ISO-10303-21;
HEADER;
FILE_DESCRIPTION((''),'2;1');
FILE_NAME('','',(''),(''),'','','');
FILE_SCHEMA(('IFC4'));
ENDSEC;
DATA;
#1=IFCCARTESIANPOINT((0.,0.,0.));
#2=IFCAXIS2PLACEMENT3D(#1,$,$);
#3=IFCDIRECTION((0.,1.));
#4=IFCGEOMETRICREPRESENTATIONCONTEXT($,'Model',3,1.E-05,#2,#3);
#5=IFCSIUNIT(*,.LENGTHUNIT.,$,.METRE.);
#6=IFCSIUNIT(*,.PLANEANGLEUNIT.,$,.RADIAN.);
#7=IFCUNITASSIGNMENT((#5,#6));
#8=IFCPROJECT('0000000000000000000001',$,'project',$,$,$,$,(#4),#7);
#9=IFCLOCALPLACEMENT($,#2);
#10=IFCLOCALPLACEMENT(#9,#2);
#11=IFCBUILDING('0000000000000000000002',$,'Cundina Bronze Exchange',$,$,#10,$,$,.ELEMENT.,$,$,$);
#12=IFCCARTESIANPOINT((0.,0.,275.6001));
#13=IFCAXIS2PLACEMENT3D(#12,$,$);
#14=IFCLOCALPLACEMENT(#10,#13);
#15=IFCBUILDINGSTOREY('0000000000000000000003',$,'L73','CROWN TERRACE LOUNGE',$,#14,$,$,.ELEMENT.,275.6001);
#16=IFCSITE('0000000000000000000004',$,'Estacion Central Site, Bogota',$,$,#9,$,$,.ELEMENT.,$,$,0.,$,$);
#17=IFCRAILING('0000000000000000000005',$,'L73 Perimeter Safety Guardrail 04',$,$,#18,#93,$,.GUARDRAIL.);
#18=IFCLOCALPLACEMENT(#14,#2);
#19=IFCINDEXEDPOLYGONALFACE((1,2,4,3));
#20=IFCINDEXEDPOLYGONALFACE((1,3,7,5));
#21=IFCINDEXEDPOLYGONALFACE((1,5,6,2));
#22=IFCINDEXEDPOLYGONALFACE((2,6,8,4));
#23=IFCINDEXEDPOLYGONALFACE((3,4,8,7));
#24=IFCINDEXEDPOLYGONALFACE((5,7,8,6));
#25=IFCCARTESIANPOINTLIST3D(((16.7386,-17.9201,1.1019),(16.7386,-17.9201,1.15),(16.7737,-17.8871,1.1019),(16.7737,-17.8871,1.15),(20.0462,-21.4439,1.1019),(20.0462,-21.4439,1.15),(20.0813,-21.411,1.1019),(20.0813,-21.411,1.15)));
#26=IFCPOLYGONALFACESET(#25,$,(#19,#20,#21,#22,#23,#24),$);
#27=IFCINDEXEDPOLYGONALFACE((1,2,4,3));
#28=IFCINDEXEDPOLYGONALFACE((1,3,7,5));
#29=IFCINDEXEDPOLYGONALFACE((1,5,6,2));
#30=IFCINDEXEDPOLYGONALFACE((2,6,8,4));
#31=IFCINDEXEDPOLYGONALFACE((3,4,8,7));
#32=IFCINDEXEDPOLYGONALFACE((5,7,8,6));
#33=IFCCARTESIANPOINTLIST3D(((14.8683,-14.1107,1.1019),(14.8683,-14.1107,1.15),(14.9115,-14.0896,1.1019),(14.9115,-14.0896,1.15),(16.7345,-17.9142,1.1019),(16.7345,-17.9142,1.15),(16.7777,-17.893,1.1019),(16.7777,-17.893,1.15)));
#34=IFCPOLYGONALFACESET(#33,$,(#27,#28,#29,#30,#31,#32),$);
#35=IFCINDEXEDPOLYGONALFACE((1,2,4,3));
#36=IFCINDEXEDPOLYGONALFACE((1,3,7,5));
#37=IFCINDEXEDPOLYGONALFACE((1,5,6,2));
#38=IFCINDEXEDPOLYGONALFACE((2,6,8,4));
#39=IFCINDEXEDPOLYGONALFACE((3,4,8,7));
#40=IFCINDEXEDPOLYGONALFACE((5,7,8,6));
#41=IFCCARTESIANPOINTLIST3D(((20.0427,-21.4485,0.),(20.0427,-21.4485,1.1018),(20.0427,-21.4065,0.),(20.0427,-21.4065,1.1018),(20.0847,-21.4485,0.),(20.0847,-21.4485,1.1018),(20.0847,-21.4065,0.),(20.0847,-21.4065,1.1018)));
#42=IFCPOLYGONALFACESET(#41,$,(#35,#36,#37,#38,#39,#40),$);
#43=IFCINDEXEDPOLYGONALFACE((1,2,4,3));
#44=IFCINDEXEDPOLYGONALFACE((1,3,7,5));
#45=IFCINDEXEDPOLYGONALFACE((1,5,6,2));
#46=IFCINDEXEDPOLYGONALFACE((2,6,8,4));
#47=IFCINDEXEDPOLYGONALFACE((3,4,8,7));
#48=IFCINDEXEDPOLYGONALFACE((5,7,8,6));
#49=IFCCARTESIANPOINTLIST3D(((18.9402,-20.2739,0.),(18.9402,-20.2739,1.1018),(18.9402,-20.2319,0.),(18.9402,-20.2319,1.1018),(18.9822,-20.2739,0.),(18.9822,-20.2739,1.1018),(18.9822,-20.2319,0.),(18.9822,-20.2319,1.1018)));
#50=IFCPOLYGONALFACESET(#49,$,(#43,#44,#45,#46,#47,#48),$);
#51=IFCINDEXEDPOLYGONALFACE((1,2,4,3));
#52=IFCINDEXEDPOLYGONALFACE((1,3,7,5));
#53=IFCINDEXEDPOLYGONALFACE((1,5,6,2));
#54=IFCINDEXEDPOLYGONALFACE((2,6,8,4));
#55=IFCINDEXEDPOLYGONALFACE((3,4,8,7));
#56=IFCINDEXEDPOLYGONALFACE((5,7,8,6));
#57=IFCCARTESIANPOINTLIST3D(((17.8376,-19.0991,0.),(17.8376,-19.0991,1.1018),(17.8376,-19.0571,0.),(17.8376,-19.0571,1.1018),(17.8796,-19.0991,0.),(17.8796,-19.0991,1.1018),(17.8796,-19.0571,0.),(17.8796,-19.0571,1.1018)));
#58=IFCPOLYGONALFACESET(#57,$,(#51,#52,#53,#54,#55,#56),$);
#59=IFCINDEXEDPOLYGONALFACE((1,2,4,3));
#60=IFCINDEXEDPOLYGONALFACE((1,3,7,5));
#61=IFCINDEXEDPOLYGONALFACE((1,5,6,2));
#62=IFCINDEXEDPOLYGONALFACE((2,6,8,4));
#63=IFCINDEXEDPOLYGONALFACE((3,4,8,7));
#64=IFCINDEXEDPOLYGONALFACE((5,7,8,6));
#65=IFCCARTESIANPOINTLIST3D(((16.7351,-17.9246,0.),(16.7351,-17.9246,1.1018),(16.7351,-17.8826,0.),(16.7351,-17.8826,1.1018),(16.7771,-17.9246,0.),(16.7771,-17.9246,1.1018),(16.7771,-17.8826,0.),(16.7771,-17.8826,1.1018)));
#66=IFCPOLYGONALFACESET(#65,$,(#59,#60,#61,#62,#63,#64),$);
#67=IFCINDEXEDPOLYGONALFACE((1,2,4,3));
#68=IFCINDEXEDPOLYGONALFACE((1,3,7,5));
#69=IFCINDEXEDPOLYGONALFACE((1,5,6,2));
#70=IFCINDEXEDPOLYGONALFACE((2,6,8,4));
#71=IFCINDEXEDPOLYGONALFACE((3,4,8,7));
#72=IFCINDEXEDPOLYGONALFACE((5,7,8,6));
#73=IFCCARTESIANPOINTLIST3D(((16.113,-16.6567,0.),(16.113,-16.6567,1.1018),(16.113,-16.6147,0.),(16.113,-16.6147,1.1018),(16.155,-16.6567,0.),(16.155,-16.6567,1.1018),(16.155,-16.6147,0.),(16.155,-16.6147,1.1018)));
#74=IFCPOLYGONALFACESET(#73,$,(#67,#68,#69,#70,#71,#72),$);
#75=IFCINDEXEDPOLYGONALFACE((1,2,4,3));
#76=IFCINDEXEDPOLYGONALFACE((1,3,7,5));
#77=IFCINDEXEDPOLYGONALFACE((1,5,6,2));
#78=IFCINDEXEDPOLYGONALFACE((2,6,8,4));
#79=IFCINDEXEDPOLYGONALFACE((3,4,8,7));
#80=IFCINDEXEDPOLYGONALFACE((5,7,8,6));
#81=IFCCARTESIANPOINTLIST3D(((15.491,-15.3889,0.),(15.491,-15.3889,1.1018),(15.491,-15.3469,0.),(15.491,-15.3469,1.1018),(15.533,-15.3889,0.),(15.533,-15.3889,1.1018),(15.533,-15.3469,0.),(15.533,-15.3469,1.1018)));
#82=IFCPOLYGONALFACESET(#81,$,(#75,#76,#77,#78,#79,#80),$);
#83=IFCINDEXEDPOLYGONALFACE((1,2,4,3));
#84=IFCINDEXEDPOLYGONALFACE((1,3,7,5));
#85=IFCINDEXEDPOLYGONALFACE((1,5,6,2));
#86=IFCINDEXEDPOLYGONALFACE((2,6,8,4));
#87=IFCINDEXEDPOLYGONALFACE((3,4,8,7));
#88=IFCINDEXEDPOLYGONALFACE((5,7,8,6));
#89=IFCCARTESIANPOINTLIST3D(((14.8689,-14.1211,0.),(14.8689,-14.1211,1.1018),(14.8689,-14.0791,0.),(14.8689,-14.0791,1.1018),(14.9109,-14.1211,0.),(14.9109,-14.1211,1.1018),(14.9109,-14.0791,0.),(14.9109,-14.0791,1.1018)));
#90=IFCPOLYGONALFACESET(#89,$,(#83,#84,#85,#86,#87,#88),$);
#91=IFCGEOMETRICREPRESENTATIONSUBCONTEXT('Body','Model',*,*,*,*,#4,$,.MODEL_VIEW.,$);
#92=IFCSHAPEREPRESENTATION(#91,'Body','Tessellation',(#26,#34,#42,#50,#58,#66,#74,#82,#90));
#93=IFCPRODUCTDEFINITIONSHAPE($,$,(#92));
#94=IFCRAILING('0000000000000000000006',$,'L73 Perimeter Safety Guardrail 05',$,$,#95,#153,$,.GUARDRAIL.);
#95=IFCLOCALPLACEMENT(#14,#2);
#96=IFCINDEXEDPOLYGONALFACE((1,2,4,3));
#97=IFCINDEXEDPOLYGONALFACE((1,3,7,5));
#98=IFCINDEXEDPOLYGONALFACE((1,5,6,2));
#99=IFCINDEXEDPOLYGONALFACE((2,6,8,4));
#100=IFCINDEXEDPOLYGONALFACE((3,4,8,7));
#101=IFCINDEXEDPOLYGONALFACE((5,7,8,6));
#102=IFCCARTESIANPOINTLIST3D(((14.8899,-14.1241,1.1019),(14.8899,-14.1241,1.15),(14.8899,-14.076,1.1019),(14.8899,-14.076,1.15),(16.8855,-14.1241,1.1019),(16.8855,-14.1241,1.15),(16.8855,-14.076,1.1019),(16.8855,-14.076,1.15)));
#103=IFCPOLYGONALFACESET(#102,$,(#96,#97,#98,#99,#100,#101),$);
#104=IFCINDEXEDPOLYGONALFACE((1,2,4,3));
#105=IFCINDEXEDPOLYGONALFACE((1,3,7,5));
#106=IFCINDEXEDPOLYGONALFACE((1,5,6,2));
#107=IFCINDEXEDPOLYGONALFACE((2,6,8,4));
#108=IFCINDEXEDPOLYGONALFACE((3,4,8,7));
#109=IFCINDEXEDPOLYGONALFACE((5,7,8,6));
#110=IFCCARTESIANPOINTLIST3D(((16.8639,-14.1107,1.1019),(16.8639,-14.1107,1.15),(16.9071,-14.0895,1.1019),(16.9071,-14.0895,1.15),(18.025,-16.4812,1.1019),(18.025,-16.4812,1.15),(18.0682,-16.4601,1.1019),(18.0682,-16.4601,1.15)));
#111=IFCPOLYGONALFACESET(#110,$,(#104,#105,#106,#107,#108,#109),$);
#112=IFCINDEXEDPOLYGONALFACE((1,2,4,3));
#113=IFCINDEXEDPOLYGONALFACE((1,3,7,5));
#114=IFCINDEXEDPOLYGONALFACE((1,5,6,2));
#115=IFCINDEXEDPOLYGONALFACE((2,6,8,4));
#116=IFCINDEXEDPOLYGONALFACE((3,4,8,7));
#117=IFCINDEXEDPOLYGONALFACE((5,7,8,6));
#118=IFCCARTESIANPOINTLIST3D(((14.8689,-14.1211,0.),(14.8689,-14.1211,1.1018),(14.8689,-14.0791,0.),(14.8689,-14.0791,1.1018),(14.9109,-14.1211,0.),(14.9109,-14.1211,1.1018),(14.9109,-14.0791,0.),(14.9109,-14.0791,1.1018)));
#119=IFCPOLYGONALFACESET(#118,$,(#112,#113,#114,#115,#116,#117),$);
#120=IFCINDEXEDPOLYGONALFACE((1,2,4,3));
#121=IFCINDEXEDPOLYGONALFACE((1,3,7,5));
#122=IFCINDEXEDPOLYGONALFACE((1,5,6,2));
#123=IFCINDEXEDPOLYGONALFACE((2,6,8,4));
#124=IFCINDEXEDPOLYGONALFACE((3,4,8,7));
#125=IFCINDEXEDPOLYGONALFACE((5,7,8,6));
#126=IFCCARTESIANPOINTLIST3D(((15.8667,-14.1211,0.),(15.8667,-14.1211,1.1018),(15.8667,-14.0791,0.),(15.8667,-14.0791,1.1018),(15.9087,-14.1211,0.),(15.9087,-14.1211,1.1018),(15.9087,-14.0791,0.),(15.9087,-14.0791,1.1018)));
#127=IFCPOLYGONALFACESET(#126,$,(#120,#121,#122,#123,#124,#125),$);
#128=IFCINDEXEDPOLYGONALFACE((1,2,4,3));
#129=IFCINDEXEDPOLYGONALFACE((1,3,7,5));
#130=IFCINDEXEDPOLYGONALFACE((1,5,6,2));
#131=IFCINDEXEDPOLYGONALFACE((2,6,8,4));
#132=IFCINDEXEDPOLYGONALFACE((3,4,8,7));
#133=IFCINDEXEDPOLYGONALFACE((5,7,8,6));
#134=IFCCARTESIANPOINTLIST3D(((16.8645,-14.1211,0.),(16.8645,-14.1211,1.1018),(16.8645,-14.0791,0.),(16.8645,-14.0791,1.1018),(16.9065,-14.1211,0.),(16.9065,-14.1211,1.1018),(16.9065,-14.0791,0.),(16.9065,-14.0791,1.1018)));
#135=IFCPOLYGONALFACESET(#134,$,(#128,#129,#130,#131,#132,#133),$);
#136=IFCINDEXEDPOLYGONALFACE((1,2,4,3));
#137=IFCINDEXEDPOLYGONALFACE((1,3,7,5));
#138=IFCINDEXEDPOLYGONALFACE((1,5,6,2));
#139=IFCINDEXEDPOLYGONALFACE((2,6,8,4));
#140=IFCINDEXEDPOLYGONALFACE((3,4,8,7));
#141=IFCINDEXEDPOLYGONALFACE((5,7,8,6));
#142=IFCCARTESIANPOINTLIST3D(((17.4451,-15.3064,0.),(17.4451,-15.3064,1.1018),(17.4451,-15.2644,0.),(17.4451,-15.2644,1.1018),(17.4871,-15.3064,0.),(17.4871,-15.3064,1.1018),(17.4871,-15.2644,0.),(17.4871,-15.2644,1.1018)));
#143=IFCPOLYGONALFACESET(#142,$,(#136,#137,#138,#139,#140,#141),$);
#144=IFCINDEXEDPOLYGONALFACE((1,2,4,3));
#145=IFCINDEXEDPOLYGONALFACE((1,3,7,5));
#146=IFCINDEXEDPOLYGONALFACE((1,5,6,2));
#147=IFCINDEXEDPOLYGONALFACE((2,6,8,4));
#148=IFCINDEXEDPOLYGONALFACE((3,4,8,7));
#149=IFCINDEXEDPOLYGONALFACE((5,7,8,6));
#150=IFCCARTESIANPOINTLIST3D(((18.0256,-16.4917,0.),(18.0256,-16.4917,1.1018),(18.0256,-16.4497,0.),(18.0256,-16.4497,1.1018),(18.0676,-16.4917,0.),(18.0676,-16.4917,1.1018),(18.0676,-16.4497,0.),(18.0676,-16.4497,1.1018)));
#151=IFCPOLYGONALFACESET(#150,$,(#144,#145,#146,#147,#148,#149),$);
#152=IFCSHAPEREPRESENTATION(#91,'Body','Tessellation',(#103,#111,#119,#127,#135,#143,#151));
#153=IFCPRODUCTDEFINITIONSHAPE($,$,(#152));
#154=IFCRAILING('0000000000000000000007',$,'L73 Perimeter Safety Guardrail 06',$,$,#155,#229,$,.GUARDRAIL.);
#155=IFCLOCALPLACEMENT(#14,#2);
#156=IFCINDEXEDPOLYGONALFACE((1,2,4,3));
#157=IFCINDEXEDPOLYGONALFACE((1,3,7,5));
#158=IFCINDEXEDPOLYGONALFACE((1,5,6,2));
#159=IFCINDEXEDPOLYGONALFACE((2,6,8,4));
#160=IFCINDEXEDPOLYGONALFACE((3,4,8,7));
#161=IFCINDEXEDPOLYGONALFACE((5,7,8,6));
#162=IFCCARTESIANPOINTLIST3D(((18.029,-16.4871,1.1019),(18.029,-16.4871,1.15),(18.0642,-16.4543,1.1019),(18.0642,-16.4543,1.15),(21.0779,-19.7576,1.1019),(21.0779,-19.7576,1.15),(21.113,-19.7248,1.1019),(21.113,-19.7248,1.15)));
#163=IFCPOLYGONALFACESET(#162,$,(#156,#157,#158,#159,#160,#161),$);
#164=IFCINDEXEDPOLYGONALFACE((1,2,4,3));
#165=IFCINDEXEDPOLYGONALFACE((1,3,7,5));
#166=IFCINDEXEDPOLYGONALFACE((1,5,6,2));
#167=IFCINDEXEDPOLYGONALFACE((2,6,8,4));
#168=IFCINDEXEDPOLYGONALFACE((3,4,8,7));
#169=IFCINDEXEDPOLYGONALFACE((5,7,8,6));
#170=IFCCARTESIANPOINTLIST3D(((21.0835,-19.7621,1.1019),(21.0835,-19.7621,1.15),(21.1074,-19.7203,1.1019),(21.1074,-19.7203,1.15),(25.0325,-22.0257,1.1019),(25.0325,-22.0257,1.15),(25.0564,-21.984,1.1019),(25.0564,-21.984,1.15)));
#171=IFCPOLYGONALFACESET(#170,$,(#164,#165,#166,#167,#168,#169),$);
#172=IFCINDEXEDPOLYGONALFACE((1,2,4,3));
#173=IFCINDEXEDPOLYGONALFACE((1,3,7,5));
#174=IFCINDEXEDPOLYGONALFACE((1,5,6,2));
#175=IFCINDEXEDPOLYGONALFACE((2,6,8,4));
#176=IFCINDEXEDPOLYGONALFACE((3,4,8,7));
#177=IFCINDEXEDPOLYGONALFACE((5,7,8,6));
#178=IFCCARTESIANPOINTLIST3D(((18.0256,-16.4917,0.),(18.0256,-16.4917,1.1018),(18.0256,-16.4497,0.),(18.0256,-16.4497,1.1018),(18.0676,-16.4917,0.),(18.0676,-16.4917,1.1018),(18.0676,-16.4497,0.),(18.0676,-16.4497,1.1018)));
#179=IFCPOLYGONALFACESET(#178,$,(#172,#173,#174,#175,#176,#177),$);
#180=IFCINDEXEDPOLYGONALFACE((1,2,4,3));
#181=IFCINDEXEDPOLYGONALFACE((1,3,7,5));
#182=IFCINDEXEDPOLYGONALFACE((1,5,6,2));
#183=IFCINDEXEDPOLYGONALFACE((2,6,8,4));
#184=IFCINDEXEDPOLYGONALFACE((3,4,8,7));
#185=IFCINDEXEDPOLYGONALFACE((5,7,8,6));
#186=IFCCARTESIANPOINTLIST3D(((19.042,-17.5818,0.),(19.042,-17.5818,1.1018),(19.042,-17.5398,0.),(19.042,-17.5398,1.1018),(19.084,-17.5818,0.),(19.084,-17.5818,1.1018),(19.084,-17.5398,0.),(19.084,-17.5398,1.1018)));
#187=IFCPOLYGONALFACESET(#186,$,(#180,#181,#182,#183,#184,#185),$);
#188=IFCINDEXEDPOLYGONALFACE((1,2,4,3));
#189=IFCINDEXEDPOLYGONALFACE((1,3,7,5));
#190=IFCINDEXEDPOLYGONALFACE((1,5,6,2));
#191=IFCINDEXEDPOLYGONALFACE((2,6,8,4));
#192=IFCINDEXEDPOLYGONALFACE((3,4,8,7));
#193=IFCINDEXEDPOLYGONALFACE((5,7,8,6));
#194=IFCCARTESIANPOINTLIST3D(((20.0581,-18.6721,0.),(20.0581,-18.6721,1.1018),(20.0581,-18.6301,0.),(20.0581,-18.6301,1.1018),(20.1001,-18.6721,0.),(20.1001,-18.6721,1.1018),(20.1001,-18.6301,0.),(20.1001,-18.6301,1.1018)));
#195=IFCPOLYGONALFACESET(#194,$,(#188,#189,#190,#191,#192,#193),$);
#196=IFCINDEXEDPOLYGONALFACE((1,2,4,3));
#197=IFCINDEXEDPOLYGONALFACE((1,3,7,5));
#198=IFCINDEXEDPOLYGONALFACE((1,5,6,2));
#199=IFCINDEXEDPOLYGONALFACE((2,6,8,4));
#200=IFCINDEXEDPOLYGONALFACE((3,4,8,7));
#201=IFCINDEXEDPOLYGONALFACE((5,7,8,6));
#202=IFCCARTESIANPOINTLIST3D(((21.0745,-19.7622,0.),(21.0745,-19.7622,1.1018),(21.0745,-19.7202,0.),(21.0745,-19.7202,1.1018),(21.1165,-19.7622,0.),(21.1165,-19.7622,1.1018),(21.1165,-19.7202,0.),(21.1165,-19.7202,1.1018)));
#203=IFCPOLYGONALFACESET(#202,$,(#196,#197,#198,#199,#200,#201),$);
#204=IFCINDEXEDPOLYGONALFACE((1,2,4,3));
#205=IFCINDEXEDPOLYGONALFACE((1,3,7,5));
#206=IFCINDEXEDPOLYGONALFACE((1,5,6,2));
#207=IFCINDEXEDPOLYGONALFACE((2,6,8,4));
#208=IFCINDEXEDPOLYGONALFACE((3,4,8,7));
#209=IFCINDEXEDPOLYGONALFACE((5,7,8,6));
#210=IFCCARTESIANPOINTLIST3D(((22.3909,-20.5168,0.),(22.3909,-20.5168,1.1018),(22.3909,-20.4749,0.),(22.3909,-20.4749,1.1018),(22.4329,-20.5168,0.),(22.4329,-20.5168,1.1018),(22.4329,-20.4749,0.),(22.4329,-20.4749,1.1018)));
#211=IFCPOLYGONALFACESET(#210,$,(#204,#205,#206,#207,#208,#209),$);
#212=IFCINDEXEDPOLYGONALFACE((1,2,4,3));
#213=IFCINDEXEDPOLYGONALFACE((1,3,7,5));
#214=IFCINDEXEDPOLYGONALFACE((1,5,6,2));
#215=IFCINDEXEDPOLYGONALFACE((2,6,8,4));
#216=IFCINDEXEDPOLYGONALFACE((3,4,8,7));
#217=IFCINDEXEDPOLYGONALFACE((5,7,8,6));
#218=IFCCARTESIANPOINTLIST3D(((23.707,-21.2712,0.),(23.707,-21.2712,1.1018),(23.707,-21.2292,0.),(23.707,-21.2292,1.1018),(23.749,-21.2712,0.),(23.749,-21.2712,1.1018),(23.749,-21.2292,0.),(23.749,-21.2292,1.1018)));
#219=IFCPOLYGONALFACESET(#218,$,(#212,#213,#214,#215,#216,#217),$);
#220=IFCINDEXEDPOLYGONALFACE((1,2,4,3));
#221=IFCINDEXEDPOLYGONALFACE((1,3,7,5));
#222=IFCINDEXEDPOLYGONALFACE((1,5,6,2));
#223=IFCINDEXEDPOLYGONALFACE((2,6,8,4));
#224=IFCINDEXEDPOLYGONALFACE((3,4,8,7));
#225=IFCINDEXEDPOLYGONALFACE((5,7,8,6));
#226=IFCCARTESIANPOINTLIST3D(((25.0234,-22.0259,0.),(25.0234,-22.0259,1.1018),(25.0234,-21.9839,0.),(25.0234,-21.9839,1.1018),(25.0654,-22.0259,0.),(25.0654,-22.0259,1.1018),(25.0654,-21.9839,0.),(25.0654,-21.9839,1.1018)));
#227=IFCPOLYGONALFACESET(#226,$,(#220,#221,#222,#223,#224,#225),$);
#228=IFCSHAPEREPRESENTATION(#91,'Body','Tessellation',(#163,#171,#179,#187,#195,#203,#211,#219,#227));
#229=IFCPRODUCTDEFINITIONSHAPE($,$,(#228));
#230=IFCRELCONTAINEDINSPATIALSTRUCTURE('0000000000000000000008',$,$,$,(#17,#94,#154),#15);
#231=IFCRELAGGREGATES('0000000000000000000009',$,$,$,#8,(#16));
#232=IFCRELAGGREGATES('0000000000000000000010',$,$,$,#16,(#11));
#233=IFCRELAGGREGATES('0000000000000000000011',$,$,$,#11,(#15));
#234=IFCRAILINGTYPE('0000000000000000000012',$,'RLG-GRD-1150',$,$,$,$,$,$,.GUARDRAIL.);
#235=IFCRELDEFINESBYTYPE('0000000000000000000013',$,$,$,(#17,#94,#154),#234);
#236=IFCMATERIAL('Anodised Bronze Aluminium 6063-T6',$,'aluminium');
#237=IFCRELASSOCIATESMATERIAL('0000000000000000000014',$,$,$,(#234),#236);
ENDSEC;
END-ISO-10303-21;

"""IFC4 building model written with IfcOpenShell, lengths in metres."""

from ifc_helpers import new_model, si_unit, direction, frame, origin, origin_2d, place, context, subcontext, project, spatial, rectangle, extrude, material, type_object, element, save


model = new_model("IFC4")

# Units and contexts
model_context = context("Model", 3, precision=1e-05, world=origin(), true_north=direction((0.0, 1.0)))
body_context = subcontext(model_context, "Body", "Model", "MODEL_VIEW")
ifc_project = project(units=[si_unit("LENGTHUNIT", "METRE"), si_unit("PLANEANGLEUNIT", "RADIAN")], contexts=[model_context])

# Site, building, storey
site_placement = place(None, origin())
site = spatial("IfcSite", under=ifc_project, at=site_placement, Name="Estacion Central Site, Bogota", CompositionType="ELEMENT", RefElevation=0.0)
building_placement = place(site_placement, origin())
building = spatial("IfcBuilding", under=site, at=building_placement, Name="Cundina Bronze Exchange", CompositionType="ELEMENT")
storey_placement = place(building_placement, frame((0.0, 0.0, 275.6001)))
storey = spatial("IfcBuildingStorey", under=building, at=storey_placement, Name="L73", Description="CROWN TERRACE LOUNGE", CompositionType="ELEMENT", Elevation=275.6001)

# Shared definitions
ifc_material_1 = material(Name="Anodised Bronze Aluminium 6063-T6", Category="aluminium")

# Railings
railing_type = type_object("IfcRailingType", Name="RLG-GRD-1150", PredefinedType="GUARDRAIL", material=ifc_material_1)
railing_1_placement = place(storey_placement, frame((20.0637, -21.4275, 0.0)))
element("IfcRailing", 1, at=railing_1_placement, inside=storey, type_object=railing_type, Name="L73 Perimeter Safety Guardrail 04", PredefinedType="GUARDRAIL", context=body_context, shape_type="SweptSolid", body=[
    extrude(rectangle(XDim=0.0481, YDim=0.0481, at=origin_2d()), frame((0.0, 0.0, 1.126), z_axis=(-0.684375, 0.729131, 0.0), x_axis=(-0.729131, -0.684375, 0.0)), (0.0, 0.0, 1.0), 4.833),
    extrude(rectangle(XDim=0.0481, YDim=0.0481, at=origin_2d()), frame((-3.3076, 3.5239, 1.126), z_axis=(-0.440493, 0.897756, 0.0), x_axis=(-0.897756, -0.440493, 0.0)), (0.0, 0.0, 1.0), 4.2366),
    extrude(rectangle(XDim=0.042, YDim=0.042, at=origin_2d()), origin(), (0.0, 0.0, 1.0), 1.1018),
    extrude(rectangle(XDim=0.042, YDim=0.042, at=origin_2d()), frame((-1.1025, 1.1746, 0.0)), (0.0, 0.0, 1.0), 1.1018),
    extrude(rectangle(XDim=0.042, YDim=0.042, at=origin_2d()), frame((-2.2051, 2.3494, 0.0)), (0.0, 0.0, 1.0), 1.1018),
    extrude(rectangle(XDim=0.042, YDim=0.042, at=origin_2d()), frame((-3.3076, 3.5239, 0.0)), (0.0, 0.0, 1.0), 1.1018),
    extrude(rectangle(XDim=0.042, YDim=0.042, at=origin_2d()), frame((-3.9297, 4.7917, 0.0)), (0.0, 0.0, 1.0), 1.1018),
    extrude(rectangle(XDim=0.042, YDim=0.042, at=origin_2d()), frame((-4.5518, 6.0596, 0.0)), (0.0, 0.0, 1.0), 1.1018),
    extrude(rectangle(XDim=0.042, YDim=0.042, at=origin_2d()), frame((-5.1738, 7.3274, 0.0)), (0.0, 0.0, 1.0), 1.1018),
])
railing_2_placement = place(storey_placement, frame((14.8899, -14.1001, 0.0)))
element("IfcRailing", 2, at=railing_2_placement, inside=storey, type_object=railing_type, Name="L73 Perimeter Safety Guardrail 05", PredefinedType="GUARDRAIL", context=body_context, shape_type="SweptSolid", body=[
    extrude(rectangle(XDim=0.0481, YDim=0.0481, at=origin_2d()), frame((0.0, 0.0, 1.126), z_axis=(1.0, 0.0, 0.0), x_axis=(0.0, 1.0, 0.0)), (0.0, 0.0, 1.0), 1.9956),
    extrude(rectangle(XDim=0.0481, YDim=0.0481, at=origin_2d()), frame((1.9956, 0.0, 1.126), z_axis=(0.439874, -0.89806, 0.0), x_axis=(0.89806, 0.439874, 0.0)), (0.0, 0.0, 1.0), 2.6396),
    extrude(rectangle(XDim=0.042, YDim=0.042, at=origin_2d()), origin(), (0.0, 0.0, 1.0), 1.1018),
    extrude(rectangle(XDim=0.042, YDim=0.042, at=origin_2d()), frame((0.9978, 0.0, 0.0)), (0.0, 0.0, 1.0), 1.1018),
    extrude(rectangle(XDim=0.042, YDim=0.042, at=origin_2d()), frame((1.9956, 0.0, 0.0)), (0.0, 0.0, 1.0), 1.1018),
    extrude(rectangle(XDim=0.042, YDim=0.042, at=origin_2d()), frame((2.5762, -1.1853, 0.0)), (0.0, 0.0, 1.0), 1.1018),
    extrude(rectangle(XDim=0.042, YDim=0.042, at=origin_2d()), frame((3.1567, -2.3706, 0.0)), (0.0, 0.0, 1.0), 1.1018),
])
railing_3_placement = place(storey_placement, frame((18.0466, -16.4707, 0.0)))
element("IfcRailing", 3, at=railing_3_placement, inside=storey, type_object=railing_type, Name="L73 Perimeter Safety Guardrail 06", PredefinedType="GUARDRAIL", context=body_context, shape_type="SweptSolid", body=[
    extrude(rectangle(XDim=0.0481, YDim=0.0481, at=origin_2d()), frame((0.0, 0.0, 1.126), z_axis=(0.681882, -0.731462, 0.0), x_axis=(0.731462, 0.681882, 0.0)), (0.0, 0.0, 1.0), 4.4712),
    extrude(rectangle(XDim=0.0481, YDim=0.0481, at=origin_2d()), frame((3.0488, -3.2705, 1.126), z_axis=(0.867569, -0.497317, 0.0), x_axis=(0.497317, 0.867569, 0.0)), (0.0, 0.0, 1.0), 4.5518),
    extrude(rectangle(XDim=0.042, YDim=0.042, at=origin_2d()), origin(), (0.0, 0.0, 1.0), 1.1018),
    extrude(rectangle(XDim=0.042, YDim=0.042, at=origin_2d()), frame((1.0164, -1.0901, 0.0)), (0.0, 0.0, 1.0), 1.1018),
    extrude(rectangle(XDim=0.042, YDim=0.042, at=origin_2d()), frame((2.0325, -2.1804, 0.0)), (0.0, 0.0, 1.0), 1.1018),
    extrude(rectangle(XDim=0.042, YDim=0.042, at=origin_2d()), frame((3.0488, -3.2705, 0.0)), (0.0, 0.0, 1.0), 1.1018),
    extrude(rectangle(XDim=0.042, YDim=0.042, at=origin_2d()), frame((4.3652, -4.0251, 0.0)), (0.0, 0.0, 1.0), 1.1018),
    extrude(rectangle(XDim=0.042, YDim=0.042, at=origin_2d()), frame((5.6814, -4.7795, 0.0)), (0.0, 0.0, 1.0), 1.1018),
    extrude(rectangle(XDim=0.042, YDim=0.042, at=origin_2d()), frame((6.9978, -5.5342, 0.0)), (0.0, 0.0, 1.0), 1.1018),
])

save(model, "model.ifc")
